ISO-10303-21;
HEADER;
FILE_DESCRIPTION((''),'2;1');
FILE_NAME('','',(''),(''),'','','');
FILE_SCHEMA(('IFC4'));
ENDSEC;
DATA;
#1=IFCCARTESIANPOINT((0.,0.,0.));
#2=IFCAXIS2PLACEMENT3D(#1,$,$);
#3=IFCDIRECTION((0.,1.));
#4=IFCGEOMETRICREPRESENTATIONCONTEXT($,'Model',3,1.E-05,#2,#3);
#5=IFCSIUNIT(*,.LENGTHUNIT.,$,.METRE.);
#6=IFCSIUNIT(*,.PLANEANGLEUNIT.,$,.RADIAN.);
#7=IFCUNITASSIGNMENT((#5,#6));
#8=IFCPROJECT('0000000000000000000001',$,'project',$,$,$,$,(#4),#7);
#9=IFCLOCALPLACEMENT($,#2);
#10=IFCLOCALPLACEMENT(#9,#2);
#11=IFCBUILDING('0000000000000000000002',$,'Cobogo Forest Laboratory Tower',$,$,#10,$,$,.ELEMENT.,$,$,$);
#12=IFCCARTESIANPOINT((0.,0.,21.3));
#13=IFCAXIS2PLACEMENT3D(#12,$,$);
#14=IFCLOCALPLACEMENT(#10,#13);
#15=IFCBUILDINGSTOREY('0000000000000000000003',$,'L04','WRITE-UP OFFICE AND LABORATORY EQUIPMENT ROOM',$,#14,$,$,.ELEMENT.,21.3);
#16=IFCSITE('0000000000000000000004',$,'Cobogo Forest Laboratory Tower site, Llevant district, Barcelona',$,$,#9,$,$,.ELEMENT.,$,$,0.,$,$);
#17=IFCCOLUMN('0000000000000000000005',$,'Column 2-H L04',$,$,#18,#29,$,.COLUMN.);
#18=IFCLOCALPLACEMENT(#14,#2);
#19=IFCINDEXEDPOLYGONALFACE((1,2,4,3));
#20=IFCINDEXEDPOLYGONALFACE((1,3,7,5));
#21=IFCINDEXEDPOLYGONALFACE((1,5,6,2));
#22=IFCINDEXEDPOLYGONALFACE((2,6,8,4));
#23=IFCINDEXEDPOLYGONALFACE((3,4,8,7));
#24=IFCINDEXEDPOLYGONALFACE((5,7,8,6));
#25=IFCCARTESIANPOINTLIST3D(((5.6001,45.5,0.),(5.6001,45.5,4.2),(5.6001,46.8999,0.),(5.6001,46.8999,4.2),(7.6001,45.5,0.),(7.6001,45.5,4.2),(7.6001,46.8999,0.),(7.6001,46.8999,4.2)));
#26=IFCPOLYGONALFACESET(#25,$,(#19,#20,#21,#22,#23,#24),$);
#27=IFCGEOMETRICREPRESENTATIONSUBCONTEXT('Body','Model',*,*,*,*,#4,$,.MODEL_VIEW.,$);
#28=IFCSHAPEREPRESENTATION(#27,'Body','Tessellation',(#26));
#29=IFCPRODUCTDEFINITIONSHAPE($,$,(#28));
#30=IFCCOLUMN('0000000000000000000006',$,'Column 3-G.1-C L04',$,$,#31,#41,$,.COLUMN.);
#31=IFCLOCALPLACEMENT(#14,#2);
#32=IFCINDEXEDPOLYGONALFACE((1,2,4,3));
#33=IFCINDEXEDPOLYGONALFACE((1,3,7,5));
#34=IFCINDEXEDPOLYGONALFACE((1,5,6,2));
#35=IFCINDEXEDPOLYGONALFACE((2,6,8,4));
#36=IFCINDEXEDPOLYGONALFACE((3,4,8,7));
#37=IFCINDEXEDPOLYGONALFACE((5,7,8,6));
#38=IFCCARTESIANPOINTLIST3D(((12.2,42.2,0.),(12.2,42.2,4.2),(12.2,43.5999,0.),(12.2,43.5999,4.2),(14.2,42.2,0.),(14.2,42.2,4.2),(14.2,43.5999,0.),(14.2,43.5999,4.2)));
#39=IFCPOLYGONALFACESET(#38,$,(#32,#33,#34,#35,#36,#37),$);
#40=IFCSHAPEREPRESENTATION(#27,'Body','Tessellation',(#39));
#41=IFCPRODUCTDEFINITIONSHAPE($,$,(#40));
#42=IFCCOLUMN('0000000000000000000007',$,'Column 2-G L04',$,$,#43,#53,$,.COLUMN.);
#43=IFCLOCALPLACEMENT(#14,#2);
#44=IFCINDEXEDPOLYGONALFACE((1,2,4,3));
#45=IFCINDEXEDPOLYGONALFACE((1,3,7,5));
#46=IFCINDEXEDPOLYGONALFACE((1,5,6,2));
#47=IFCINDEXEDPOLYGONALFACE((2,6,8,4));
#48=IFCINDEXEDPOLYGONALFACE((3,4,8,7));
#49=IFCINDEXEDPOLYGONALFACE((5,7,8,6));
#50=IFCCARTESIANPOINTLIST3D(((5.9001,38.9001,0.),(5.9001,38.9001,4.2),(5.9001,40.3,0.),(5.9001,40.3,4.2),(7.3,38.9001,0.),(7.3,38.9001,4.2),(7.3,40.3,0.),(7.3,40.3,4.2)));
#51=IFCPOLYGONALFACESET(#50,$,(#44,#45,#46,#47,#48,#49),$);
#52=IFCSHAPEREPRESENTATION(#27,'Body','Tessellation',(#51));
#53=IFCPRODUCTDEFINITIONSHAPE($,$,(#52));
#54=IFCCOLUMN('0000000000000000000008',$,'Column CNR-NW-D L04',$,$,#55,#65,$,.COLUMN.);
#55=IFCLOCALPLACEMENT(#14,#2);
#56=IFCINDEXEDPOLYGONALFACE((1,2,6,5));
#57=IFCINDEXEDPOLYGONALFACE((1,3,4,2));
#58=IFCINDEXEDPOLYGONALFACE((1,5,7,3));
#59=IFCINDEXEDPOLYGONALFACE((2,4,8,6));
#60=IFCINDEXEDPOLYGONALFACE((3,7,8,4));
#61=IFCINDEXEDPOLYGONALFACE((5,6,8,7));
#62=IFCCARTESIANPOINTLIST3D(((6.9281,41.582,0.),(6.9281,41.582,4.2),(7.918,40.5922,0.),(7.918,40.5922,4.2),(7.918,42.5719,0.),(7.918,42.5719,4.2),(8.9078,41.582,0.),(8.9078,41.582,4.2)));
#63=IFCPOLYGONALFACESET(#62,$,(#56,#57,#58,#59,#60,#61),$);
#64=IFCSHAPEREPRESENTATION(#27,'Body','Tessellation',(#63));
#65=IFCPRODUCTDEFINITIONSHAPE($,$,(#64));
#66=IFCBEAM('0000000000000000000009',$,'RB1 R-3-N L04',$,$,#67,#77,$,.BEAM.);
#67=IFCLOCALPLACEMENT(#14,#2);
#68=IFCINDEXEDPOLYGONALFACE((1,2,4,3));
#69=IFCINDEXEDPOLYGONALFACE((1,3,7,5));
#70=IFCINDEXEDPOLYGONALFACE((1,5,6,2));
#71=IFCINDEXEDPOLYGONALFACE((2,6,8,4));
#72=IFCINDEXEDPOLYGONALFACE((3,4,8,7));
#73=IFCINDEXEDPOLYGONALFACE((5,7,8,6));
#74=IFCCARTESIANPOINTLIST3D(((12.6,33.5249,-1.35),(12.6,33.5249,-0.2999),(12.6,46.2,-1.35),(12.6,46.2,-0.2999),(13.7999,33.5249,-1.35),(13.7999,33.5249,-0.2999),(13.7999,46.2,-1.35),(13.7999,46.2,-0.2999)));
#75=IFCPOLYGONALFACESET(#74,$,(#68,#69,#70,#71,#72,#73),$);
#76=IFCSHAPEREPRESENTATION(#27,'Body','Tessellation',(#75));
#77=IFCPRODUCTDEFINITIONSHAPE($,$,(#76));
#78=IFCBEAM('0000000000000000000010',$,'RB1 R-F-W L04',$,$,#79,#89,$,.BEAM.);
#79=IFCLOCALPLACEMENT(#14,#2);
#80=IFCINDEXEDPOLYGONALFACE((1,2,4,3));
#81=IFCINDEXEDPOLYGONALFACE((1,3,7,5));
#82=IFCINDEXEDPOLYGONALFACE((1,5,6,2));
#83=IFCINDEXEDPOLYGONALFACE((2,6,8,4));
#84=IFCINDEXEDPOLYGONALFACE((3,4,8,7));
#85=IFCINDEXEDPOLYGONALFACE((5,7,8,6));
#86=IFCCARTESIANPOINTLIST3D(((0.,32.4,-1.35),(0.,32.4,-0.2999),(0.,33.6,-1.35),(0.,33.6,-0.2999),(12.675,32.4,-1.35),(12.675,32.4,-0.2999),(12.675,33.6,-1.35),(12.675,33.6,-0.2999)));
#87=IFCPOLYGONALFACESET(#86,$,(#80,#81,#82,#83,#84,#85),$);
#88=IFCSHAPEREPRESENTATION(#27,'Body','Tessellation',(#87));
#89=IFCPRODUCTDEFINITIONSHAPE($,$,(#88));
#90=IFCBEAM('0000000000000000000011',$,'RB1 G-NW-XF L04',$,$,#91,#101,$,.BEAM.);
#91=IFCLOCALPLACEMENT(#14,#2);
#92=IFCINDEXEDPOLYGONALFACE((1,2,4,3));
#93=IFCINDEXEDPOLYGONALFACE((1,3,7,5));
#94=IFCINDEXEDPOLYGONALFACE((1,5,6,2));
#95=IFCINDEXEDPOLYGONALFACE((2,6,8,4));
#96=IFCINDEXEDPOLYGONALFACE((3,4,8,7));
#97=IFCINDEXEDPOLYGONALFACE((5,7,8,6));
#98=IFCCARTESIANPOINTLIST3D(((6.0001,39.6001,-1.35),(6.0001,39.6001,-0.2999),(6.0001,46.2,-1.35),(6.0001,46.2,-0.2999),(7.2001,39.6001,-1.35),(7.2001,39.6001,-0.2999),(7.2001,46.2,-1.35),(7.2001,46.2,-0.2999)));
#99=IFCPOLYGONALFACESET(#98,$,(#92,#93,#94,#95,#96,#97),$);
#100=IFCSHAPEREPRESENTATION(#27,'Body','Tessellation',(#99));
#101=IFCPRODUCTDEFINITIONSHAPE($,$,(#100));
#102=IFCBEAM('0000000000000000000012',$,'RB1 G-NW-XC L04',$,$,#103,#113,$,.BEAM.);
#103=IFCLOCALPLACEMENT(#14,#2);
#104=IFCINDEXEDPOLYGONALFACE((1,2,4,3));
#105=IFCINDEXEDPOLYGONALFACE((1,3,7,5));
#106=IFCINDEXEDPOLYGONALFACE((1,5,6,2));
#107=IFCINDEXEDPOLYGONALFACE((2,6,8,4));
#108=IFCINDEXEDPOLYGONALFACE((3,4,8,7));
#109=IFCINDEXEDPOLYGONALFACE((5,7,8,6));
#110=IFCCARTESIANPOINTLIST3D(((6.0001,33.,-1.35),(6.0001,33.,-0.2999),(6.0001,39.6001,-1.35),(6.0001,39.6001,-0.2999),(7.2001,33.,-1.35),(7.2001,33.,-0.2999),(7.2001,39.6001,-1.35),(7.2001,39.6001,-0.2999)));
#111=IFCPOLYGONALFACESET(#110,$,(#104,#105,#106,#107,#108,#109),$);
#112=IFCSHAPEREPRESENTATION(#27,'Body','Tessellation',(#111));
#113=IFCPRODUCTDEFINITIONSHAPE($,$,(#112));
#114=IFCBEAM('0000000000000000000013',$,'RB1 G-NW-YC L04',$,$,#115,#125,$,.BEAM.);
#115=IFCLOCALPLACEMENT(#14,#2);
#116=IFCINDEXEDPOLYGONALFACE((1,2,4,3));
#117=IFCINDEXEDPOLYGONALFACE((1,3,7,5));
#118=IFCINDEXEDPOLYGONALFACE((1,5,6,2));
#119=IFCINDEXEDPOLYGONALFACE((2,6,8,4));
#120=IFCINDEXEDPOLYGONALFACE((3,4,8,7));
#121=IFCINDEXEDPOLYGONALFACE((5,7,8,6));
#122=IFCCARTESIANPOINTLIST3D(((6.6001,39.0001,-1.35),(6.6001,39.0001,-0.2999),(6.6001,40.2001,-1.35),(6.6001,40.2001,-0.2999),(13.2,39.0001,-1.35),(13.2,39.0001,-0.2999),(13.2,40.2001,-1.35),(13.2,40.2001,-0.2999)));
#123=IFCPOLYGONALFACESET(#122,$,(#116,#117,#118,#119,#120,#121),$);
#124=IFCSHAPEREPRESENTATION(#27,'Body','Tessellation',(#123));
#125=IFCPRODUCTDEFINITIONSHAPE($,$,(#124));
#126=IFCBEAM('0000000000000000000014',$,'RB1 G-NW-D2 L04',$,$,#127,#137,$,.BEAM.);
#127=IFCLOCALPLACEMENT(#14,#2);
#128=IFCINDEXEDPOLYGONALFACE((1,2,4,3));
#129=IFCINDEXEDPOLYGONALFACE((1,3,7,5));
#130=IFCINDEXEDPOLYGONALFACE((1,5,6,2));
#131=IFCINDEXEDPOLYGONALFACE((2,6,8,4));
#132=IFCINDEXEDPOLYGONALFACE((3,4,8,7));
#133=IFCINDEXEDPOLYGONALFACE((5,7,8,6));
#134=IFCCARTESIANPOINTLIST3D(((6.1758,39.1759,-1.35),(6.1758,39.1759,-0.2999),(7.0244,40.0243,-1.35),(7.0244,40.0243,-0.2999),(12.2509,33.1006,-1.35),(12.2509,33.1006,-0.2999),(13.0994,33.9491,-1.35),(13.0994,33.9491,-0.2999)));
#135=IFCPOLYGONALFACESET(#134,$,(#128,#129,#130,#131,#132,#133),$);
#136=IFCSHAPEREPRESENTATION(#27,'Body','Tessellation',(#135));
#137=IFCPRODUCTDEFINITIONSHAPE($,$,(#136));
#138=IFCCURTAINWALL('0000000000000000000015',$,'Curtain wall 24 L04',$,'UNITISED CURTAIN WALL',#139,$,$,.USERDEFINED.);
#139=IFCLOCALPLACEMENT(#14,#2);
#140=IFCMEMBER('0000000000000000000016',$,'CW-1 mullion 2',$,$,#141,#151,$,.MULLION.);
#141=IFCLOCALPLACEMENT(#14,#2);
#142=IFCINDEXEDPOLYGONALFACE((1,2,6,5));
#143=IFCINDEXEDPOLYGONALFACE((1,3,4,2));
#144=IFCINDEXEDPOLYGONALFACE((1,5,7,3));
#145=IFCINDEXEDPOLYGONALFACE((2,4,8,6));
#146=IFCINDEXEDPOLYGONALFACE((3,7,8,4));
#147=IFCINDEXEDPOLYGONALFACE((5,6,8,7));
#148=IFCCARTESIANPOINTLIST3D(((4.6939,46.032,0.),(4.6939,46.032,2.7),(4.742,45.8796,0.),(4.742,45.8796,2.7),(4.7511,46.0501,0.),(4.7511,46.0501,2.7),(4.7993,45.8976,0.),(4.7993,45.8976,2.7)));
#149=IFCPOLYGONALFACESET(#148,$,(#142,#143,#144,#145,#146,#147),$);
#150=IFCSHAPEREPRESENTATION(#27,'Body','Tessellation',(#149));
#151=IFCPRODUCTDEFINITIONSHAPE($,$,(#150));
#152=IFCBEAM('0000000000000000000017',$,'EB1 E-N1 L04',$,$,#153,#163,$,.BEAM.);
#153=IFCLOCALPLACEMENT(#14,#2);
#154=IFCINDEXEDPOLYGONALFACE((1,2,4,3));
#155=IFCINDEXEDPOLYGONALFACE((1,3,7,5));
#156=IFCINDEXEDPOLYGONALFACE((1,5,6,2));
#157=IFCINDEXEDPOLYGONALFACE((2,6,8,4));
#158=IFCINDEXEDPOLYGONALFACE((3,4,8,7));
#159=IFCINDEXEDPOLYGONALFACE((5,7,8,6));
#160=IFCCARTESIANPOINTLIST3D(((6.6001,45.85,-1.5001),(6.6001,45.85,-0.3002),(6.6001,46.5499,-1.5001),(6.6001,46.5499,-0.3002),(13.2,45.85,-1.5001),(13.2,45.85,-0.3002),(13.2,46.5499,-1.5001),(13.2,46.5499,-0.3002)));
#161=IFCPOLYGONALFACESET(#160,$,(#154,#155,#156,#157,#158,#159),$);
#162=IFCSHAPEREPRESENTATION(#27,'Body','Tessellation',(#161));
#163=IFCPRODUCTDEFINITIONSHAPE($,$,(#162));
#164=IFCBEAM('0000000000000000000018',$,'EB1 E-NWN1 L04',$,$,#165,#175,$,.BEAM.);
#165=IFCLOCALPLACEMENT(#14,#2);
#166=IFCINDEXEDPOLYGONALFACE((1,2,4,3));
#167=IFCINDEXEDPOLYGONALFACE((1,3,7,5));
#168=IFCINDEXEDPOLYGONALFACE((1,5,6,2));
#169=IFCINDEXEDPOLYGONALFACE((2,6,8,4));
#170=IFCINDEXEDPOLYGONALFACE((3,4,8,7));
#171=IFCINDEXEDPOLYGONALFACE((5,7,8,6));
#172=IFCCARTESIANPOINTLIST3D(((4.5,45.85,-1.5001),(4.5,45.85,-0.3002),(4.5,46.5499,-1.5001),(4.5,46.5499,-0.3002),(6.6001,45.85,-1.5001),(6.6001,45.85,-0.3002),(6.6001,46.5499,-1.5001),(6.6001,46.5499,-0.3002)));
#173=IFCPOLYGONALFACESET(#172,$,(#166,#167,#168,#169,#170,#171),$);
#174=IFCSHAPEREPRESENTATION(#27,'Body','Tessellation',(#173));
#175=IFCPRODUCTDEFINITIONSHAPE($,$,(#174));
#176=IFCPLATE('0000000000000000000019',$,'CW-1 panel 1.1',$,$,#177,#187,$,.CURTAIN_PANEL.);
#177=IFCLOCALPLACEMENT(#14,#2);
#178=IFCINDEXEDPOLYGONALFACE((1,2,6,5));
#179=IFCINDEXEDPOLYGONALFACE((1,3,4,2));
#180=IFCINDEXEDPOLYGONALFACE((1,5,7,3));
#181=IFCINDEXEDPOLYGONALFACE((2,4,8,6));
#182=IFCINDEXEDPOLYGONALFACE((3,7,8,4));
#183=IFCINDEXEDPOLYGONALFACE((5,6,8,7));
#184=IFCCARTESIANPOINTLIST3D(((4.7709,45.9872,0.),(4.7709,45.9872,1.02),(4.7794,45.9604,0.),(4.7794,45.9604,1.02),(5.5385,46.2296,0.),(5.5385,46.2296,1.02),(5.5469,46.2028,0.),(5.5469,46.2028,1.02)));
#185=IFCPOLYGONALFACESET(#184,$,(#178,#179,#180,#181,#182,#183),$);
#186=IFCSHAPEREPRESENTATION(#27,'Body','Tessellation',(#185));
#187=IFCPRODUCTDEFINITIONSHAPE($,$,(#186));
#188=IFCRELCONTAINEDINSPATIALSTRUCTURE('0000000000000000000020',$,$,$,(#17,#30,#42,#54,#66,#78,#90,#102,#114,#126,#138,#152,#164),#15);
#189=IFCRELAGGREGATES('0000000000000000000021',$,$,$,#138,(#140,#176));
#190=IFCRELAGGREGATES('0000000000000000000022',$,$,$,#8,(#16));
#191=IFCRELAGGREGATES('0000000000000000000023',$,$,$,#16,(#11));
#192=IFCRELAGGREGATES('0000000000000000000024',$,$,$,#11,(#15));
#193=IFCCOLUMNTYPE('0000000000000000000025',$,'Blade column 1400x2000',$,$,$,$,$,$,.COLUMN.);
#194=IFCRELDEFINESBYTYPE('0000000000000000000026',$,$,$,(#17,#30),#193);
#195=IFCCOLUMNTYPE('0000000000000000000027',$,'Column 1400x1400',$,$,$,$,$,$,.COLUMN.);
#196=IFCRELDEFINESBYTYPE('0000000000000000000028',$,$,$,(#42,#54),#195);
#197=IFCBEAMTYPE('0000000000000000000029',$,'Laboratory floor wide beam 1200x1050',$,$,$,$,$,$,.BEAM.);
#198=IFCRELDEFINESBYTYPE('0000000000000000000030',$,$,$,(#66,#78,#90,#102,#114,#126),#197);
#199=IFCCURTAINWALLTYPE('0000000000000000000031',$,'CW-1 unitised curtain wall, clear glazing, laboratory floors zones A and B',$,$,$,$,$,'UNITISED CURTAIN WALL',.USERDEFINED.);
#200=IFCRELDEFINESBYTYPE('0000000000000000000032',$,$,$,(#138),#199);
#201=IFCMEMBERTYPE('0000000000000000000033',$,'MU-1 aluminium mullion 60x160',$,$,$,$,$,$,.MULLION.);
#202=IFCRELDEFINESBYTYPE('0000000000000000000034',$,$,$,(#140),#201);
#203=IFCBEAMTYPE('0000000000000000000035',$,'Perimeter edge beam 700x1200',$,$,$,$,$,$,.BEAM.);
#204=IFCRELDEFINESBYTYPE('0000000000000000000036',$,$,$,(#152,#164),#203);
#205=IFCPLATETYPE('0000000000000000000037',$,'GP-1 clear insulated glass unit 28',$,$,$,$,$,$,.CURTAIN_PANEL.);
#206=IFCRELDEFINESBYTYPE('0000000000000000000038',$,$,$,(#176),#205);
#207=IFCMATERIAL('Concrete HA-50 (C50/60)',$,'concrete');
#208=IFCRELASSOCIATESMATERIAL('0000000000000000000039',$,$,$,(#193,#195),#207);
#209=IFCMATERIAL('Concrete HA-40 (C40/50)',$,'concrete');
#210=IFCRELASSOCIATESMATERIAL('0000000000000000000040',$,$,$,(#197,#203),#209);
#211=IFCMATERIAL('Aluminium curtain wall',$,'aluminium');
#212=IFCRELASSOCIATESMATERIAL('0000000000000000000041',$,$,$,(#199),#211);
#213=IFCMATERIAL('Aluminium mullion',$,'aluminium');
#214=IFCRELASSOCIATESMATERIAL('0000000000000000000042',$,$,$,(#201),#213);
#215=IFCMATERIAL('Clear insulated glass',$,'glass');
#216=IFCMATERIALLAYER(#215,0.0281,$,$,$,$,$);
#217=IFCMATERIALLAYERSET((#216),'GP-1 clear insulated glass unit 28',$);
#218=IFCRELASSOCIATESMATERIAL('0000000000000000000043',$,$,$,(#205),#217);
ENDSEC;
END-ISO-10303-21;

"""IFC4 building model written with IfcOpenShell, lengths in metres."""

from ifc_helpers import new_model, si_unit, direction, frame, origin, origin_2d, place, context, subcontext, project, spatial, rectangle, extrude, material, layer, layer_set, material_profile, profile_set, type_object, element, aggregate, save


model = new_model("IFC4")

# Units and contexts
model_context = context("Model", 3, precision=1e-05, world=origin(), true_north=direction((0.0, 1.0)))
body_context = subcontext(model_context, "Body", "Model", "MODEL_VIEW")
ifc_project = project(units=[si_unit("LENGTHUNIT", "METRE"), si_unit("PLANEANGLEUNIT", "RADIAN")], contexts=[model_context])

# Site, building, storey
site_placement = place(None, origin())
site = spatial("IfcSite", under=ifc_project, at=site_placement, Name="Cobogo Forest Laboratory Tower site, Llevant district, Barcelona", CompositionType="ELEMENT", RefElevation=0.0)
building_placement = place(site_placement, origin())
building = spatial("IfcBuilding", under=site, at=building_placement, Name="Cobogo Forest Laboratory Tower", CompositionType="ELEMENT")
storey_placement = place(building_placement, frame((0.0, 0.0, 21.3)))
storey = spatial("IfcBuildingStorey", under=building, at=storey_placement, Name="L04", Description="WRITE-UP OFFICE AND LABORATORY EQUIPMENT ROOM", CompositionType="ELEMENT", Elevation=21.3)

# Columns
ifc_material_1 = material(Name="Concrete HA-50 (C50/60)", Category="concrete")
ifc_material_profile_1 = material_profile(ifc_material_1, rectangle(XDim=2.0, YDim=1.3999, at=origin_2d()), Name="RC 1400x2000")
ifc_profile_set_1 = profile_set([ifc_material_profile_1], Name="Concrete HA-50 (C50/60)")
column_type_1 = type_object("IfcColumnType", Name="Blade column 1400x2000", PredefinedType="COLUMN", material=ifc_profile_set_1)
for number, where, z_axis, x_axis, name in (
    (1, (6.6001, 46.2, 0.0), (0.0, 0.0, 1.0), (1.0, 0.0, 0.0), "Column 2-H L04"),
    (2, (13.2, 42.8999, 0.0), (0.0, 0.0, 1.0), (1.0, 0.0, 0.0), "Column 3-G.1-C L04"),
):
    element("IfcColumn", number, at=place(storey_placement, frame(where, z_axis=z_axis, x_axis=x_axis)), inside=storey, type_object=column_type_1, Name=name, PredefinedType="COLUMN", context=body_context, shape_type="SweptSolid", body=[
        extrude(rectangle(XDim=2.0, YDim=1.3999, at=origin_2d()), origin(), (0.0, 0.0, 1.0), 4.2),
    ])
ifc_material_profile_2 = material_profile(ifc_material_1, rectangle(XDim=1.3999, YDim=1.3999, at=origin_2d()), Name="RC 1400x1400")
ifc_profile_set_2 = profile_set([ifc_material_profile_2], Name="Concrete HA-50 (C50/60)")
column_type_2 = type_object("IfcColumnType", Name="Column 1400x1400", PredefinedType="COLUMN", material=ifc_profile_set_2)
for number, where, z_axis, x_axis, name in (
    (3, (6.6001, 39.6001, 0.0), (0.0, 0.0, 1.0), (1.0, 0.0, 0.0), "Column 2-G L04"),
    (4, (7.918, 41.582, 0.0), (0.0, 0.0, 1.0), (0.707107, 0.707107, 0.0), "Column CNR-NW-D L04"),
):
    element("IfcColumn", number, at=place(storey_placement, frame(where, z_axis=z_axis, x_axis=x_axis)), inside=storey, type_object=column_type_2, Name=name, PredefinedType="COLUMN", context=body_context, shape_type="SweptSolid", body=[
        extrude(rectangle(XDim=1.3999, YDim=1.3999, at=origin_2d()), origin(), (0.0, 0.0, 1.0), 4.2),
    ])

# Beams
ifc_material_2 = material(Name="Concrete HA-40 (C40/50)", Category="concrete")
ifc_material_profile_3 = material_profile(ifc_material_2, rectangle(XDim=1.2, YDim=1.05, at=origin_2d()), Name="RC 1200x1050")
ifc_profile_set_3 = profile_set([ifc_material_profile_3], Name="Concrete HA-40 (C40/50)")
beam_type_1 = type_object("IfcBeamType", Name="Laboratory floor wide beam 1200x1050", PredefinedType="BEAM", material=ifc_profile_set_3)
for number, where, z_axis, x_axis, name in (
    (5, (13.2, 33.5249, -0.825), (0.0, 1.0, 0.0), (-1.0, 0.0, 0.0), "RB1 R-3-N L04"),
    (6, (12.675, 33.0, -0.825), (-1.0, 0.0, 0.0), (0.0, -1.0, 0.0), "RB1 R-F-W L04"),
):
    element("IfcBeam", number, at=place(storey_placement, frame(where, z_axis=z_axis, x_axis=x_axis)), inside=storey, type_object=beam_type_1, Name=name, PredefinedType="BEAM", context=body_context, shape_type="SweptSolid", body=[
        extrude(rectangle(XDim=1.2, YDim=1.05, at=origin_2d()), origin(), (0.0, 0.0, 1.0), 12.675),
    ])
beam_1_placement = place(storey_placement, frame((6.6001, 46.2, -0.825), z_axis=(0.0, -1.0, 0.0), x_axis=(1.0, 0.0, 0.0)))
element("IfcBeam", 7, at=beam_1_placement, inside=storey, type_object=beam_type_1, Name="RB1 G-NW-XF L04", PredefinedType="BEAM", context=body_context, shape_type="SweptSolid", body=[
    extrude(rectangle(XDim=1.2, YDim=1.05, at=origin_2d()), origin(), (0.0, 0.0, 1.0), 6.5999),
])
beam_2_placement = place(storey_placement, frame((6.6001, 39.6001, -0.825), z_axis=(0.0, -1.0, 0.0), x_axis=(1.0, 0.0, 0.0)))
element("IfcBeam", 8, at=beam_2_placement, inside=storey, type_object=beam_type_1, Name="RB1 G-NW-XC L04", PredefinedType="BEAM", context=body_context, shape_type="SweptSolid", body=[
    extrude(rectangle(XDim=1.2, YDim=1.05, at=origin_2d()), origin(), (0.0, 0.0, 1.0), 6.6001),
])
beam_3_placement = place(storey_placement, frame((6.6001, 39.6001, -0.825), z_axis=(1.0, 0.0, 0.0), x_axis=(0.0, 1.0, 0.0)))
element("IfcBeam", 9, at=beam_3_placement, inside=storey, type_object=beam_type_1, Name="RB1 G-NW-YC L04", PredefinedType="BEAM", context=body_context, shape_type="SweptSolid", body=[
    extrude(rectangle(XDim=1.2, YDim=1.05, at=origin_2d()), origin(), (0.0, 0.0, 1.0), 6.5999),
])
beam_4_placement = place(storey_placement, frame((6.6001, 39.6001, -0.825), z_axis=(0.707093, -0.707121, 0.0), x_axis=(0.707121, 0.707093, 0.0)))
element("IfcBeam", 10, at=beam_4_placement, inside=storey, type_object=beam_type_1, Name="RB1 G-NW-D2 L04", PredefinedType="BEAM", context=body_context, shape_type="SweptSolid", body=[
    extrude(rectangle(XDim=1.2, YDim=1.05, at=origin_2d()), origin(), (0.0, 0.0, 1.0), 8.5916),
])

# Curtain wall, member
ifc_material_3 = material(Name="Aluminium curtain wall", Category="aluminium")
curtain_wall_type = type_object("IfcCurtainWallType", Name="CW-1 unitised curtain wall, clear glazing, laboratory floors zones A and B", ElementType="UNITISED CURTAIN WALL", PredefinedType="USERDEFINED", material=ifc_material_3)
curtain_wall_placement = place(storey_placement, origin())
curtain_wall = element("IfcCurtainWall", 11, at=curtain_wall_placement, inside=storey, type_object=curtain_wall_type, Name="Curtain wall 24 L04", ObjectType="UNITISED CURTAIN WALL", PredefinedType="USERDEFINED")
ifc_material_4 = material(Name="Aluminium mullion", Category="aluminium")
ifc_material_profile_4 = material_profile(ifc_material_4, rectangle(XDim=0.0601, YDim=0.1599, at=origin_2d()), Name="AL 60x160")
ifc_profile_set_4 = profile_set([ifc_material_profile_4], Name="Aluminium mullion")
member_type = type_object("IfcMemberType", Name="MU-1 aluminium mullion 60x160", PredefinedType="MULLION", material=ifc_profile_set_4)
member_placement = place(storey_placement, frame((4.7466, 45.9648, 0.0), z_axis=(0.0, 0.0, 1.0), x_axis=(-0.953581, -0.301135, 0.0)))
member = element("IfcMember", 12, at=member_placement, type_object=member_type, Name="CW-1 mullion 2", PredefinedType="MULLION", context=body_context, shape_type="SweptSolid", body=[
    extrude(rectangle(XDim=0.0601, YDim=0.1599, at=origin_2d()), origin(), (0.0, 0.0, 1.0), 2.7),
])

# Beams
ifc_material_profile_5 = material_profile(ifc_material_2, rectangle(XDim=0.7, YDim=1.2, at=origin_2d()), Name="RC 700x1200")
ifc_profile_set_5 = profile_set([ifc_material_profile_5], Name="Concrete HA-40 (C40/50)")
beam_type_2 = type_object("IfcBeamType", Name="Perimeter edge beam 700x1200", PredefinedType="BEAM", material=ifc_profile_set_5)
beam_5_placement = place(storey_placement, frame((6.6001, 46.2, -0.9001), z_axis=(1.0, 0.0, 0.0), x_axis=(0.0, 1.0, 0.0)))
element("IfcBeam", 13, at=beam_5_placement, inside=storey, type_object=beam_type_2, Name="EB1 E-N1 L04", PredefinedType="BEAM", context=body_context, shape_type="SweptSolid", body=[
    extrude(rectangle(XDim=0.7, YDim=1.2, at=origin_2d()), origin(), (0.0, 0.0, 1.0), 6.5999),
])
beam_6_placement = place(storey_placement, frame((6.6001, 46.2, -0.9001), z_axis=(-1.0, 0.0, 0.0), x_axis=(0.0, -1.0, 0.0)))
element("IfcBeam", 14, at=beam_6_placement, inside=storey, type_object=beam_type_2, Name="EB1 E-NWN1 L04", PredefinedType="BEAM", context=body_context, shape_type="SweptSolid", body=[
    extrude(rectangle(XDim=0.7, YDim=1.2, at=origin_2d()), origin(), (0.0, 0.0, 1.0), 2.1001),
])

# Plate
ifc_material_5 = material(Name="Clear insulated glass", Category="glass")
ifc_layer_1 = layer(ifc_material_5, 0.0281)
ifc_layer_set_1 = layer_set([ifc_layer_1], Name="GP-1 clear insulated glass unit 28")
plate_type = type_object("IfcPlateType", Name="GP-1 clear insulated glass unit 28", PredefinedType="CURTAIN_PANEL", material=ifc_layer_set_1)
plate_1_placement = place(storey_placement, frame((5.1589, 46.095, 0.0), z_axis=(0.0, 0.0, 1.0), x_axis=(-0.953581, -0.301135, 0.0)))
plate_1 = element("IfcPlate", 15, at=plate_1_placement, type_object=plate_type, Name="CW-1 panel 1.1", PredefinedType="CURTAIN_PANEL", context=body_context, shape_type="SweptSolid", body=[
    extrude(rectangle(XDim=0.8049, YDim=0.0281, at=origin_2d()), origin(), (0.0, 0.0, 1.0), 1.02),
])
aggregate(curtain_wall, [member, plate_1])

save(model, "model.ifc")
